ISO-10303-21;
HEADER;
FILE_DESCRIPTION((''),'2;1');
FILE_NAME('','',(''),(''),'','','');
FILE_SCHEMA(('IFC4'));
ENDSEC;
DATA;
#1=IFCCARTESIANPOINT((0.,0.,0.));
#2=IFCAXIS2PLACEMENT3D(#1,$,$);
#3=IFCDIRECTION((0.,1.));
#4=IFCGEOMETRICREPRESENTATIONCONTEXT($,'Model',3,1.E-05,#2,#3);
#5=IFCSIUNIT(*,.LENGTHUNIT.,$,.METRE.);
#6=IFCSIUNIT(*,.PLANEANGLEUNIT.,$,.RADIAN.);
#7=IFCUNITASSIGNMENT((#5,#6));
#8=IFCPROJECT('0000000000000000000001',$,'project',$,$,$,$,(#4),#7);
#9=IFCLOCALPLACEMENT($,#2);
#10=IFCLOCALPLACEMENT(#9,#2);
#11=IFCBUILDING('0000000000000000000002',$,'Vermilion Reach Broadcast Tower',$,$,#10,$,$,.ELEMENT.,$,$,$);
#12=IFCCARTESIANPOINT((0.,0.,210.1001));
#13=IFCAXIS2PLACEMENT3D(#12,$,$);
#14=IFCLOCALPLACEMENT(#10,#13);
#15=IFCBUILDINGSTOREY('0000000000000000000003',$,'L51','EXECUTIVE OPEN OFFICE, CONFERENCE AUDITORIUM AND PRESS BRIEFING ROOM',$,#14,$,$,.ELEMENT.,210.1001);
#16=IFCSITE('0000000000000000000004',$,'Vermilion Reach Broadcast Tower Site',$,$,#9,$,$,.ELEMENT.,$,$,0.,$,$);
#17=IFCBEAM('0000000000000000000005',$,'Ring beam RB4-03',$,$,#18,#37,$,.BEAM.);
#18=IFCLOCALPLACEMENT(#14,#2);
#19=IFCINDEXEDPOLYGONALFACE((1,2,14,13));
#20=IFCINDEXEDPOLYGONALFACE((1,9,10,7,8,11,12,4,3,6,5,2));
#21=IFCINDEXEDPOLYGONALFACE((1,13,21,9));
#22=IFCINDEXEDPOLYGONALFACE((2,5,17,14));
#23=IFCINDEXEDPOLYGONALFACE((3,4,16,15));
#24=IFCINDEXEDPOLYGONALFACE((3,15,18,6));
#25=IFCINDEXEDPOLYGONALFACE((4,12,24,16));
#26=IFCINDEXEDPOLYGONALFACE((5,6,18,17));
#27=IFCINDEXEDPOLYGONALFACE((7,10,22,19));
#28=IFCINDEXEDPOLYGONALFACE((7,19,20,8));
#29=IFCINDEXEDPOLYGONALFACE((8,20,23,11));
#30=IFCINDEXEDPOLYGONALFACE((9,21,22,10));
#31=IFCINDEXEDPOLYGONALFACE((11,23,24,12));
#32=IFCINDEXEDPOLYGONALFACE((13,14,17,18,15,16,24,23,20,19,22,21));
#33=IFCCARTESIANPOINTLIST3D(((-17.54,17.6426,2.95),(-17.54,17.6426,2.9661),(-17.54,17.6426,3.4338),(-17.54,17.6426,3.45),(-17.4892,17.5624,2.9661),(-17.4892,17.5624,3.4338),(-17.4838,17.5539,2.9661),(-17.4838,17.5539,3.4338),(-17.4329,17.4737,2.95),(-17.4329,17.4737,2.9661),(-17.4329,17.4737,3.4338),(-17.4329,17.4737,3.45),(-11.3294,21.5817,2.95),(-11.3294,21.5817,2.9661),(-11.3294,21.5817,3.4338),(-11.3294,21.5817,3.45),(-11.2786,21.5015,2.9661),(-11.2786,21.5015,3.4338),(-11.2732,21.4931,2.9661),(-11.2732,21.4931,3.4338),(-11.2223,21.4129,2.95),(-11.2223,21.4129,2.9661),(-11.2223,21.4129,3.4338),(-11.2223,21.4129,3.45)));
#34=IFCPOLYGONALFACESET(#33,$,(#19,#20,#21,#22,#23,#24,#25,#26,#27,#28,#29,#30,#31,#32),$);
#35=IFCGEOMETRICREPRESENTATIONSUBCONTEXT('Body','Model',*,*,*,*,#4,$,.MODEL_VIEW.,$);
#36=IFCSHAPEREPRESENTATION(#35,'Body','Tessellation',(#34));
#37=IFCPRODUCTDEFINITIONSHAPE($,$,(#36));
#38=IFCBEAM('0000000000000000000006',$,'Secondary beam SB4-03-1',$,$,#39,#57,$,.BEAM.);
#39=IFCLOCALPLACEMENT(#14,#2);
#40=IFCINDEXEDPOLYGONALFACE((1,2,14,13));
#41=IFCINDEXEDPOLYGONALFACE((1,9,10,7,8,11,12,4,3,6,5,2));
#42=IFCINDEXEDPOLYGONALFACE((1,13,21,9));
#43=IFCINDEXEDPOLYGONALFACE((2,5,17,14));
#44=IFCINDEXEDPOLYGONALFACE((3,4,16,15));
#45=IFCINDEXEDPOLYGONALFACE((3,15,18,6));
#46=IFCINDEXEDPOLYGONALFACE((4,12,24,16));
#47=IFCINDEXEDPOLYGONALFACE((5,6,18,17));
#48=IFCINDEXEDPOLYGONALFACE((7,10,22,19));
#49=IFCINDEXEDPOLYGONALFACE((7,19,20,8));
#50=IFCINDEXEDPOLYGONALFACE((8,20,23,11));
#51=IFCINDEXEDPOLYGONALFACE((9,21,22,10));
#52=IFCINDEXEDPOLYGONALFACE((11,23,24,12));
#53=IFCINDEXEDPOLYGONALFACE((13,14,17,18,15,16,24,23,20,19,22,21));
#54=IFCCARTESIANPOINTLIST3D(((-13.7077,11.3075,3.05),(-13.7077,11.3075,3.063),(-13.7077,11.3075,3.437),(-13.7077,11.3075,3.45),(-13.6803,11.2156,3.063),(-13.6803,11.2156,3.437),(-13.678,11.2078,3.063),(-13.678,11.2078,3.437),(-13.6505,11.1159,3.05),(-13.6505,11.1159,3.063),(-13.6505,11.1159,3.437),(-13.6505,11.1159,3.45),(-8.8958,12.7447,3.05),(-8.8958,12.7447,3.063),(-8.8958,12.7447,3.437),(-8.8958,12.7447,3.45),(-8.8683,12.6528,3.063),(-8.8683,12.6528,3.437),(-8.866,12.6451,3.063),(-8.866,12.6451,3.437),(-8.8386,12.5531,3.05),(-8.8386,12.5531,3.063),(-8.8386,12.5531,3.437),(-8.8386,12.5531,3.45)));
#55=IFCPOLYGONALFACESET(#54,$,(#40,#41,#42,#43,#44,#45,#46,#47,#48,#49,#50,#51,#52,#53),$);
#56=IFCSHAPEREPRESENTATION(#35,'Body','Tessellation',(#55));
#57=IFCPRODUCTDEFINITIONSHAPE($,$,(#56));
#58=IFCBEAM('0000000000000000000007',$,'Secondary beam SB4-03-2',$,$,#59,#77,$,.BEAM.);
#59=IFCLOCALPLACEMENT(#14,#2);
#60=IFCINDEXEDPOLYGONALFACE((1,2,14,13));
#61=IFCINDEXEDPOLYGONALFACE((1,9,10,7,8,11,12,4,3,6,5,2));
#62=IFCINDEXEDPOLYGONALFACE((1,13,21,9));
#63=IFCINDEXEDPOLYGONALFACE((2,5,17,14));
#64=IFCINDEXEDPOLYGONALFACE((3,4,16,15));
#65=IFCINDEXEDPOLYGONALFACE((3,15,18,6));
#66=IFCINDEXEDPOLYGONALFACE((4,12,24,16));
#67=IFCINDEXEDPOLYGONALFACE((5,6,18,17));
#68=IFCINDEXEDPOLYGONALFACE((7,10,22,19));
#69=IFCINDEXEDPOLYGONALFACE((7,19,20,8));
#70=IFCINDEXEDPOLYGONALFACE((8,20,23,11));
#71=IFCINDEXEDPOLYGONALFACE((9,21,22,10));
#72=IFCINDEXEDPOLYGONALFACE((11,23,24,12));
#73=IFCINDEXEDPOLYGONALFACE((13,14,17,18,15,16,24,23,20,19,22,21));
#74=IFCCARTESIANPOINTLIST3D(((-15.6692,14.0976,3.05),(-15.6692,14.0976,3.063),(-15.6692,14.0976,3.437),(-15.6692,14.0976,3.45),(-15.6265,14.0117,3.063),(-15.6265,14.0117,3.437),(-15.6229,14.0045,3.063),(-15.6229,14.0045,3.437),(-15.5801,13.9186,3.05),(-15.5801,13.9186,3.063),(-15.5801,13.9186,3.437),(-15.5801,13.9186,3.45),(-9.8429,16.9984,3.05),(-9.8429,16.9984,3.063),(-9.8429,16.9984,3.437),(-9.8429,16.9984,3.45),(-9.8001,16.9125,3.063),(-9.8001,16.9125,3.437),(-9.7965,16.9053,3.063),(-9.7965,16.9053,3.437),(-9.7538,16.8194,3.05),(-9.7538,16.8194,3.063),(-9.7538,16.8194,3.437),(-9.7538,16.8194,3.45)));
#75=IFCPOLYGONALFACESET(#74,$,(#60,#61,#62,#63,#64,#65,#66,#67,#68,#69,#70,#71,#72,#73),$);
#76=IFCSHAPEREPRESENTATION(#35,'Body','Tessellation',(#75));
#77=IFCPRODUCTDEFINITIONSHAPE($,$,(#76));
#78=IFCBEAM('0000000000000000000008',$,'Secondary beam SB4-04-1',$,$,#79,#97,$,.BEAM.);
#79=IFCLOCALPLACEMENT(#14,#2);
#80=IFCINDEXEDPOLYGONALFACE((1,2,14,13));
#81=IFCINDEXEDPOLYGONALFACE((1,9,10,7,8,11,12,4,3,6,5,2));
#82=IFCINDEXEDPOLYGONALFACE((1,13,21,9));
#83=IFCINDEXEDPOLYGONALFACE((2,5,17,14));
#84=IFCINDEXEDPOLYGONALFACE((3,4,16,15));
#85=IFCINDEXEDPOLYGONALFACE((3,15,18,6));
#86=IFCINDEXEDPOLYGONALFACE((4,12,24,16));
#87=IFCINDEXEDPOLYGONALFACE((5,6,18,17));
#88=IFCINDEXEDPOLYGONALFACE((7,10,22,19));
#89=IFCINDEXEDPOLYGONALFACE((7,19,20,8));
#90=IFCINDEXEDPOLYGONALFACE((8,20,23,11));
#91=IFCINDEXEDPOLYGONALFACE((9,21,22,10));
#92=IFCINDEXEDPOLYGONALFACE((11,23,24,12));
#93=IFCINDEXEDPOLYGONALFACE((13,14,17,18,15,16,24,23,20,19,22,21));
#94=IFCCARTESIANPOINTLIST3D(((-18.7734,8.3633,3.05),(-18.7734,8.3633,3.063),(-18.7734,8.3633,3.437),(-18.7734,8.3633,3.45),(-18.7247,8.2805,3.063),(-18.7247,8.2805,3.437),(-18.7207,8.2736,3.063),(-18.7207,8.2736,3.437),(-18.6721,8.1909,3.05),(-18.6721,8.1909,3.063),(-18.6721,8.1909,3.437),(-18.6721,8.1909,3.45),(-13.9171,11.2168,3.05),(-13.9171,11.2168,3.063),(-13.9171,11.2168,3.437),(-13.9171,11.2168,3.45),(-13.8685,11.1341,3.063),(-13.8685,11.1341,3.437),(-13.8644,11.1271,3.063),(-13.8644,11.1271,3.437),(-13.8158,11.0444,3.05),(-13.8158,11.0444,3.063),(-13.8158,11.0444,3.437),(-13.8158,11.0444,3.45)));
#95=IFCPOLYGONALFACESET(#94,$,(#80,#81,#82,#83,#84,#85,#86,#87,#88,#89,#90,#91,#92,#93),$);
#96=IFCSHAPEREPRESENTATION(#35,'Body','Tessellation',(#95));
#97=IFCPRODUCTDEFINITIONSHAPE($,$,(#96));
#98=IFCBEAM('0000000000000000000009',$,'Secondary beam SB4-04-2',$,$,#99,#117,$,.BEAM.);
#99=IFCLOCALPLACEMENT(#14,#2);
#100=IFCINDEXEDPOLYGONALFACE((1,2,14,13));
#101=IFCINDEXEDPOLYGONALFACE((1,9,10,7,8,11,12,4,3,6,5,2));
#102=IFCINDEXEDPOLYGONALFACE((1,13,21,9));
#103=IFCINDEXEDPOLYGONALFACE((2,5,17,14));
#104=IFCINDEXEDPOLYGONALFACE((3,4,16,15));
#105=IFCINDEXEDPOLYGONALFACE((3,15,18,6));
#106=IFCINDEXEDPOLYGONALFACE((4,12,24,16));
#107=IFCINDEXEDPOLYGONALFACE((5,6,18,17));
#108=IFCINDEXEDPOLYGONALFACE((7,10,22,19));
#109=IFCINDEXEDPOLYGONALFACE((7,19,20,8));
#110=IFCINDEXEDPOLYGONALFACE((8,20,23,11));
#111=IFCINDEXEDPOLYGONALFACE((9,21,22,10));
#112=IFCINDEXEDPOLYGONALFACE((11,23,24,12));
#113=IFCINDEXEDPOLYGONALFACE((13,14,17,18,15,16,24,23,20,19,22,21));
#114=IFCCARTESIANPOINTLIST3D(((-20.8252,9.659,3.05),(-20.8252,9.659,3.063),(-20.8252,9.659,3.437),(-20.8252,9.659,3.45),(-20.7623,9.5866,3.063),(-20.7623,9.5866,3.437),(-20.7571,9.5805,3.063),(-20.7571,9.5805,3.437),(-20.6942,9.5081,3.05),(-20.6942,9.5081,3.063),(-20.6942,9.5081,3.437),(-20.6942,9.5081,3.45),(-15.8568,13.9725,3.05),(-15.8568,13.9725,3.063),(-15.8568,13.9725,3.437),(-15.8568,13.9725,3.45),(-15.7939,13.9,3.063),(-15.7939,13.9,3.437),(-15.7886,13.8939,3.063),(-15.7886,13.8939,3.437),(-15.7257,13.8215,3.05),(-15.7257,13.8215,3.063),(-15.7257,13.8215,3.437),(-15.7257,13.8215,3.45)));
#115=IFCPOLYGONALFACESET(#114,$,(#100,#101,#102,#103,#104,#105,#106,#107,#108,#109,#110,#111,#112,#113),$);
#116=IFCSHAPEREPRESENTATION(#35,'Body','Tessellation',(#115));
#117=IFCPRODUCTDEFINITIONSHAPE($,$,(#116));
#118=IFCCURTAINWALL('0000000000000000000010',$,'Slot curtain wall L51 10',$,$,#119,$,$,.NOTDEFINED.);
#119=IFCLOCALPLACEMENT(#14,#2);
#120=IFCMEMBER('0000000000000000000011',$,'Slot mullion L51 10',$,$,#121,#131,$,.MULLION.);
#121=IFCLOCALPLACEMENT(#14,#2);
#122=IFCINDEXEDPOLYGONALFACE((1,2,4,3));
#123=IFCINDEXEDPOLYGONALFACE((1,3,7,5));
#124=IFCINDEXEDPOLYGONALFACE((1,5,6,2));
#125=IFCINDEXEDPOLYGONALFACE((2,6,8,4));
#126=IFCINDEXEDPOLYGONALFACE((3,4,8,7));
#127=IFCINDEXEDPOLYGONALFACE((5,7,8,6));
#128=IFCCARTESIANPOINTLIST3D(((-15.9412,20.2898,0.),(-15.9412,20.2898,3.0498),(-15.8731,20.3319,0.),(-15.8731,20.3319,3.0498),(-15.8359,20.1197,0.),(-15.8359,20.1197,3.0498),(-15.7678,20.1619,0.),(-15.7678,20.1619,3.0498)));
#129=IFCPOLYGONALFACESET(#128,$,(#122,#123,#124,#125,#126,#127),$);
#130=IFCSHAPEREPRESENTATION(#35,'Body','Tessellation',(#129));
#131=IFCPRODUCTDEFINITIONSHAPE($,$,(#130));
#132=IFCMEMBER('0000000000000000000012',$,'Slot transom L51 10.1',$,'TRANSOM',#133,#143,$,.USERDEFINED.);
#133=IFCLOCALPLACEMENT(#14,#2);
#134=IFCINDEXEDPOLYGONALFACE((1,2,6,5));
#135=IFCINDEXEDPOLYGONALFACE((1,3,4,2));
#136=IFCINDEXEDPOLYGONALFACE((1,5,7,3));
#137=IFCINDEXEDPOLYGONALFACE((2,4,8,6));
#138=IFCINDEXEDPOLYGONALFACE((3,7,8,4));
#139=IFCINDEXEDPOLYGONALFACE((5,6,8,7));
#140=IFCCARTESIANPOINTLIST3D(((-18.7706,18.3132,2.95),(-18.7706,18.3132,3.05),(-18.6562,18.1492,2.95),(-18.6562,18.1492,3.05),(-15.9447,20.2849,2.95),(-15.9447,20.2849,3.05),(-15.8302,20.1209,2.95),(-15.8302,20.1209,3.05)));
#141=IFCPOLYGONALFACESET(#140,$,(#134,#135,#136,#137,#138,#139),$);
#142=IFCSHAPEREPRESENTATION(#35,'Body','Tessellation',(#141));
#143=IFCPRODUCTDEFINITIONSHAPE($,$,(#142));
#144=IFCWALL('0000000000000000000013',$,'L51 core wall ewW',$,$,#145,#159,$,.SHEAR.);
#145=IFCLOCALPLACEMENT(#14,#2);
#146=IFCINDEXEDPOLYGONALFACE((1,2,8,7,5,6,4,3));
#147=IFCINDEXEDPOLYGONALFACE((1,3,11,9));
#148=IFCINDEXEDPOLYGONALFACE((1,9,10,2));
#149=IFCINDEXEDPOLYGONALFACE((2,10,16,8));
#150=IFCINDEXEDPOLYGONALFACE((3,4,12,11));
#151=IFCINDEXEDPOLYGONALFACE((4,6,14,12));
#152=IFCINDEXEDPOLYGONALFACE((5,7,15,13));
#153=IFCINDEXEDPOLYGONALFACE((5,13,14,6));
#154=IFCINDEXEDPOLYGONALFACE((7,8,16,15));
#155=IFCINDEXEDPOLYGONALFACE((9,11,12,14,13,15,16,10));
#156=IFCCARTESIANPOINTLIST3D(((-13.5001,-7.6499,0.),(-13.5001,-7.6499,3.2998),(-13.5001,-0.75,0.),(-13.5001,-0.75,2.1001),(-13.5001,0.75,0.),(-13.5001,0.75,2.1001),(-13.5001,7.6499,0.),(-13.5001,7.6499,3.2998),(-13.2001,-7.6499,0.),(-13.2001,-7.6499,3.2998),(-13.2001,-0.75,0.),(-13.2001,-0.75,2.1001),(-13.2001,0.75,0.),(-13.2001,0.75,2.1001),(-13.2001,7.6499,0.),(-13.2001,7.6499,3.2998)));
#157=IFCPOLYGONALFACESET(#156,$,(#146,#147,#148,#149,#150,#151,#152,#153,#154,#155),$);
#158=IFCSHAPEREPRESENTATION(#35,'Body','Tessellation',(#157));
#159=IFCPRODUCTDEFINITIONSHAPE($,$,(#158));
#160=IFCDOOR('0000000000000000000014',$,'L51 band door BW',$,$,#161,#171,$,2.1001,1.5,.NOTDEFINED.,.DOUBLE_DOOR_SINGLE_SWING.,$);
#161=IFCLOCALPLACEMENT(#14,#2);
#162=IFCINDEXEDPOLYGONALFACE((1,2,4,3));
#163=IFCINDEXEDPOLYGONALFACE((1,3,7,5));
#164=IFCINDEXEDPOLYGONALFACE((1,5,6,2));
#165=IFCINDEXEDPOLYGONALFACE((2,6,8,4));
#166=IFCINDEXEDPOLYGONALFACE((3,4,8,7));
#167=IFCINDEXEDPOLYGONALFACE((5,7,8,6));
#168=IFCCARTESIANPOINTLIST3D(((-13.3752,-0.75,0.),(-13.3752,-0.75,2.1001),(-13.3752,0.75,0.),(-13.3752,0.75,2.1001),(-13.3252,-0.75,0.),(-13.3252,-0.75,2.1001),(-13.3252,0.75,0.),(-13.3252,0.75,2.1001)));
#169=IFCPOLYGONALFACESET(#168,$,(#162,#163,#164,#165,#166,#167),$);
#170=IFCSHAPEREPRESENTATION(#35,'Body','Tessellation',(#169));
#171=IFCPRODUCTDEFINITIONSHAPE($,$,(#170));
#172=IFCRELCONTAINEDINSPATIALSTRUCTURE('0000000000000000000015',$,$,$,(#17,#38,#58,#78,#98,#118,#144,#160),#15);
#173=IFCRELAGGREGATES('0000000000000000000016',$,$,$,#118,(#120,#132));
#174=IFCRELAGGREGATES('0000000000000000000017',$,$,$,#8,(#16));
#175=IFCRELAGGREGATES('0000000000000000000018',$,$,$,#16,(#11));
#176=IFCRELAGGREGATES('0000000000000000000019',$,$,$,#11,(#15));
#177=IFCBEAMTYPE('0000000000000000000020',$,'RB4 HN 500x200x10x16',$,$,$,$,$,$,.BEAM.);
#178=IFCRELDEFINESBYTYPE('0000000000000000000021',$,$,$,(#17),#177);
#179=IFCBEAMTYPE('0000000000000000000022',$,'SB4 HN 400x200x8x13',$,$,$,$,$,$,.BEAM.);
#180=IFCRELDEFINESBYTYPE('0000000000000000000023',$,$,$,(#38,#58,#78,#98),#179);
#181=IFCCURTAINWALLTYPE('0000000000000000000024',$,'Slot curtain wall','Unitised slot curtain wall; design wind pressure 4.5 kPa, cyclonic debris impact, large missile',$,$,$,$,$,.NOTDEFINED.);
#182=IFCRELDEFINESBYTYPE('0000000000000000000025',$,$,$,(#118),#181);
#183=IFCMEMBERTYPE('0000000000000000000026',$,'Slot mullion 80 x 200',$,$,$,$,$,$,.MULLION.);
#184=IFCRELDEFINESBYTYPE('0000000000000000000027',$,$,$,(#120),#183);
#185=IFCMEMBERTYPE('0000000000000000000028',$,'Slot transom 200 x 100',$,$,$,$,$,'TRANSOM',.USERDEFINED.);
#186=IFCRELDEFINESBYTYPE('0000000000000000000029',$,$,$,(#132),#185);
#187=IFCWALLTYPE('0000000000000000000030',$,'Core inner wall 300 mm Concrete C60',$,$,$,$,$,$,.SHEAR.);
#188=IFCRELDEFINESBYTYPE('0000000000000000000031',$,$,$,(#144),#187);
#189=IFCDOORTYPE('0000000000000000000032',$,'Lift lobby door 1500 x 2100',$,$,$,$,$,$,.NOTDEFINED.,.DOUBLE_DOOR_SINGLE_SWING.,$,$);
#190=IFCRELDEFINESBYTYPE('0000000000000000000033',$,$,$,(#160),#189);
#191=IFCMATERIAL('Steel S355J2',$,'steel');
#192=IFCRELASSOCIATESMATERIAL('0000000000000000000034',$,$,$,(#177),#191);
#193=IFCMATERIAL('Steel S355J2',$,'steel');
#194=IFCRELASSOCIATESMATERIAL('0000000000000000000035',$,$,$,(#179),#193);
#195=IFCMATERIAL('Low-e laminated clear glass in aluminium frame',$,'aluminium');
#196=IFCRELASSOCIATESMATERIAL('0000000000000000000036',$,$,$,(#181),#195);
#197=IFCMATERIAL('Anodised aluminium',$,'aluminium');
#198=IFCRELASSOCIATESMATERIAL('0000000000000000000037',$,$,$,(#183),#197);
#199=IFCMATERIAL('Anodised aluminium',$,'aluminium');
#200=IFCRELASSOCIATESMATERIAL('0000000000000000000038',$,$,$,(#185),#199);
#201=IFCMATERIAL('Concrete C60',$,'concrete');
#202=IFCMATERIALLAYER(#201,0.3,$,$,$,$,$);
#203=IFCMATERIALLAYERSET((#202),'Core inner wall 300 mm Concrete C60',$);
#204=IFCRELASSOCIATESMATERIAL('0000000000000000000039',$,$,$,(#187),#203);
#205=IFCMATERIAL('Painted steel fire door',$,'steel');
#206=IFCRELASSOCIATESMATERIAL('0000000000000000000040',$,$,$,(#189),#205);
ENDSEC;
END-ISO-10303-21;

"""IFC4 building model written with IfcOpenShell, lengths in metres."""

from ifc_helpers import new_model, si_unit, direction, frame, frame_2d, origin, origin_2d, place, context, subcontext, project, spatial, rectangle, i_section, extrude, material, layer, layer_set, material_profile, profile_set, type_object, element, fill, aggregate, save


model = new_model("IFC4")

# Units and contexts
model_context = context("Model", 3, precision=1e-05, world=origin(), true_north=direction((0.0, 1.0)))
body_context = subcontext(model_context, "Body", "Model", "MODEL_VIEW")
ifc_project = project(units=[si_unit("LENGTHUNIT", "METRE"), si_unit("PLANEANGLEUNIT", "RADIAN")], contexts=[model_context])

# Site, building, storey
site_placement = place(None, origin())
site = spatial("IfcSite", under=ifc_project, at=site_placement, Name="Vermilion Reach Broadcast Tower Site", CompositionType="ELEMENT", RefElevation=0.0)
building_placement = place(site_placement, origin())
building = spatial("IfcBuilding", under=site, at=building_placement, Name="Vermilion Reach Broadcast Tower", CompositionType="ELEMENT")
storey_placement = place(building_placement, frame((0.0, 0.0, 210.1001)))
storey = spatial("IfcBuildingStorey", under=building, at=storey_placement, Name="L51", Description="EXECUTIVE OPEN OFFICE, CONFERENCE AUDITORIUM AND PRESS BRIEFING ROOM", CompositionType="ELEMENT", Elevation=210.1001)

# Beams
ifc_material_1 = material(Name="Steel S355J2", Category="steel")
ifc_material_profile_1 = material_profile(ifc_material_1, i_section(OverallWidth=0.2, OverallDepth=0.5, WebThickness=0.01, FlangeThickness=0.0161, at=origin_2d()), Name="S355J2 HN 500x200x10x16")
ifc_profile_set_1 = profile_set([ifc_material_profile_1], Name="Steel S355J2")
beam_type_1 = type_object("IfcBeamType", Name="RB4 HN 500x200x10x16", PredefinedType="BEAM", material=ifc_profile_set_1)
beam_1_placement = place(storey_placement, frame((-11.2759, 21.4973, 3.2), z_axis=(-0.844464, -0.535612, 0.0), x_axis=(0.535612, -0.844464, 0.0)))
element("IfcBeam", 1, at=beam_1_placement, inside=storey, type_object=beam_type_1, Name="Ring beam RB4-03", PredefinedType="BEAM", context=body_context, shape_type="SweptSolid", body=[
    extrude(i_section(OverallWidth=0.2, OverallDepth=0.5, WebThickness=0.01, FlangeThickness=0.0161, at=origin_2d()), origin(), (0.0, 0.0, 1.0), 7.3545),
])
ifc_material_2 = material(Name="Steel S355J2", Category="steel")
ifc_material_profile_2 = material_profile(ifc_material_2, i_section(OverallWidth=0.2, OverallDepth=0.3999, WebThickness=0.0081, FlangeThickness=0.0129, at=origin_2d()), Name="S355J2 HN 400x200x8x13")
ifc_profile_set_2 = profile_set([ifc_material_profile_2], Name="Steel S355J2")
beam_type_2 = type_object("IfcBeamType", Name="SB4 HN 400x200x8x13", PredefinedType="BEAM", material=ifc_profile_set_2)
beam_2_placement = place(storey_placement, frame((-8.8672, 12.6489, 3.25), z_axis=(-0.958173, -0.286188, 0.0), x_axis=(0.286188, -0.958173, 0.0)))
element("IfcBeam", 2, at=beam_2_placement, inside=storey, type_object=beam_type_2, Name="Secondary beam SB4-03-1", PredefinedType="BEAM", context=body_context, shape_type="SweptSolid", body=[
    extrude(i_section(OverallWidth=0.2, OverallDepth=0.3999, WebThickness=0.0081, FlangeThickness=0.0129, at=origin_2d()), origin(), (0.0, 0.0, 1.0), 5.022),
])
beam_3_placement = place(storey_placement, frame((-9.7983, 16.9089, 3.25), z_axis=(-0.895184, -0.445698, 0.0), x_axis=(0.445698, -0.895184, 0.0)))
element("IfcBeam", 3, at=beam_3_placement, inside=storey, type_object=beam_type_2, Name="Secondary beam SB4-03-2", PredefinedType="BEAM", context=body_context, shape_type="SweptSolid", body=[
    extrude(i_section(OverallWidth=0.2, OverallDepth=0.3999, WebThickness=0.0081, FlangeThickness=0.0129, at=origin_2d()), origin(), (0.0, 0.0, 1.0), 6.5085),
])
beam_4_placement = place(storey_placement, frame((-13.8665, 11.1306, 3.25), z_axis=(-0.862173, -0.506615, 0.0), x_axis=(0.506615, -0.862173, 0.0)))
element("IfcBeam", 4, at=beam_4_placement, inside=storey, type_object=beam_type_2, Name="Secondary beam SB4-04-1", PredefinedType="BEAM", context=body_context, shape_type="SweptSolid", body=[
    extrude(i_section(OverallWidth=0.2, OverallDepth=0.3999, WebThickness=0.0081, FlangeThickness=0.0129, at=origin_2d()), origin(), (0.0, 0.0, 1.0), 5.6326),
])
beam_5_placement = place(storey_placement, frame((-15.7913, 13.897, 3.25), z_axis=(-0.755129, -0.655576, 0.0), x_axis=(0.655576, -0.755129, 0.0)))
element("IfcBeam", 5, at=beam_5_placement, inside=storey, type_object=beam_type_2, Name="Secondary beam SB4-04-2", PredefinedType="BEAM", context=body_context, shape_type="SweptSolid", body=[
    extrude(i_section(OverallWidth=0.2, OverallDepth=0.3999, WebThickness=0.0081, FlangeThickness=0.0129, at=origin_2d()), origin(), (0.0, 0.0, 1.0), 6.5796),
])

# Curtain wall, members
ifc_material_3 = material(Name="Low-e laminated clear glass in aluminium frame", Category="aluminium")
curtain_wall_type = type_object("IfcCurtainWallType", Name="Slot curtain wall", Description="Unitised slot curtain wall; design wind pressure 4.5 kPa, cyclonic debris impact, large missile", PredefinedType="NOTDEFINED", material=ifc_material_3)
curtain_wall_placement = place(storey_placement, origin())
curtain_wall = element("IfcCurtainWall", 6, at=curtain_wall_placement, inside=storey, type_object=curtain_wall_type, Name="Slot curtain wall L51 10", PredefinedType="NOTDEFINED")
ifc_material_4 = material(Name="Anodised aluminium", Category="aluminium")
ifc_material_profile_3 = material_profile(ifc_material_4, rectangle(XDim=0.2, YDim=0.0801, at=origin_2d()), Name="Slot mullion 80 x 200")
ifc_profile_set_3 = profile_set([ifc_material_profile_3], Name="Anodised aluminium")
member_type_1 = type_object("IfcMemberType", Name="Slot mullion 80 x 200", PredefinedType="MULLION", material=ifc_profile_set_3)
member_1_placement = place(storey_placement, frame((-15.8545, 20.2258, 0.0), z_axis=(0.0, 0.0, 1.0), x_axis=(0.526348, -0.850269, 0.0)))
member_1 = element("IfcMember", 7, at=member_1_placement, type_object=member_type_1, Name="Slot mullion L51 10", PredefinedType="MULLION", context=body_context, shape_type="SweptSolid", body=[
    extrude(rectangle(XDim=0.2, YDim=0.0801, at=origin_2d()), origin(), (0.0, 0.0, 1.0), 3.0498),
])
ifc_material_5 = material(Name="Anodised aluminium", Category="aluminium")
ifc_material_profile_4 = material_profile(ifc_material_5, rectangle(XDim=0.2, YDim=0.1001, at=origin_2d()), Name="Slot transom 200 x 100")
ifc_profile_set_4 = profile_set([ifc_material_profile_4], Name="Anodised aluminium")
member_type_2 = type_object("IfcMemberType", Name="Slot transom 200 x 100", ElementType="TRANSOM", PredefinedType="USERDEFINED", material=ifc_profile_set_4)
member_2_placement = place(storey_placement, frame((-15.8875, 20.2029, 3.0), z_axis=(-0.820113, -0.572202, 0.0), x_axis=(0.572202, -0.820113, 0.0)))
member_2 = element("IfcMember", 8, at=member_2_placement, type_object=member_type_2, Name="Slot transom L51 10.1", ObjectType="TRANSOM", PredefinedType="USERDEFINED", context=body_context, shape_type="SweptSolid", body=[
    extrude(rectangle(XDim=0.2, YDim=0.1001, at=origin_2d()), origin(), (0.0, 0.0, 1.0), 3.4458),
])
aggregate(curtain_wall, [member_1, member_2])

# Wall, opening, door
ifc_material_6 = material(Name="Concrete C60", Category="concrete")
ifc_layer_1 = layer(ifc_material_6, 0.3)
ifc_layer_set_1 = layer_set([ifc_layer_1], Name="Core inner wall 300 mm Concrete C60")
wall_type_1 = type_object("IfcWallType", Name="Core inner wall 300 mm Concrete C60", PredefinedType="SHEAR", material=ifc_layer_set_1)
wall_1_placement = place(storey_placement, frame((-13.3501, 7.6499, 0.0), z_axis=(0.0, 0.0, 1.0), x_axis=(0.0, -1.0, 0.0)))
wall_1 = element("IfcWall", 9, at=wall_1_placement, inside=storey, type_object=wall_type_1, Name="L51 core wall ewW", PredefinedType="SHEAR", context=body_context, shape_type="SweptSolid", body=[
    extrude(rectangle(XDim=15.2998, YDim=0.3, at=frame_2d((7.6499, 0.0))), origin(), (0.0, 0.0, 1.0), 3.2998),
])
opening_1_placement = place(wall_1_placement, frame((6.8999, 0.0, 0.0)))
opening_1 = element("IfcOpeningElement", 10, at=opening_1_placement, cuts=wall_1, PredefinedType="OPENING", context=body_context, shape_type="SweptSolid", body=[
    extrude(rectangle(XDim=1.5, YDim=2.1001, at=frame_2d((0.75, 1.05))), frame((0.0, 0.1599, 0.0), z_axis=(0.0, -1.0, 0.0), x_axis=(1.0, 0.0, 0.0)), (0.0, 0.0, 1.0), 0.3201),
])
ifc_material_7 = material(Name="Painted steel fire door", Category="steel")
door_type_1 = type_object("IfcDoorType", Name="Lift lobby door 1500 x 2100", OperationType="DOUBLE_DOOR_SINGLE_SWING", PredefinedType="NOTDEFINED", material=ifc_material_7)
door_1_placement = place(opening_1_placement, origin())
door_1 = element("IfcDoor", 11, at=door_1_placement, inside=storey, type_object=door_type_1, Name="L51 band door BW", OperationType="DOUBLE_DOOR_SINGLE_SWING", OverallHeight=2.1001, OverallWidth=1.5, PredefinedType="NOTDEFINED", context=body_context, shape_type="SweptSolid", body=[
    extrude(rectangle(XDim=1.5, YDim=2.1001, at=frame_2d((0.75, 1.05))), frame((0.0, 0.0249, 0.0), z_axis=(0.0, -1.0, 0.0), x_axis=(1.0, 0.0, 0.0)), (0.0, 0.0, 1.0), 0.05),
])
fill(opening_1, door_1)

save(model, "model.ifc")
